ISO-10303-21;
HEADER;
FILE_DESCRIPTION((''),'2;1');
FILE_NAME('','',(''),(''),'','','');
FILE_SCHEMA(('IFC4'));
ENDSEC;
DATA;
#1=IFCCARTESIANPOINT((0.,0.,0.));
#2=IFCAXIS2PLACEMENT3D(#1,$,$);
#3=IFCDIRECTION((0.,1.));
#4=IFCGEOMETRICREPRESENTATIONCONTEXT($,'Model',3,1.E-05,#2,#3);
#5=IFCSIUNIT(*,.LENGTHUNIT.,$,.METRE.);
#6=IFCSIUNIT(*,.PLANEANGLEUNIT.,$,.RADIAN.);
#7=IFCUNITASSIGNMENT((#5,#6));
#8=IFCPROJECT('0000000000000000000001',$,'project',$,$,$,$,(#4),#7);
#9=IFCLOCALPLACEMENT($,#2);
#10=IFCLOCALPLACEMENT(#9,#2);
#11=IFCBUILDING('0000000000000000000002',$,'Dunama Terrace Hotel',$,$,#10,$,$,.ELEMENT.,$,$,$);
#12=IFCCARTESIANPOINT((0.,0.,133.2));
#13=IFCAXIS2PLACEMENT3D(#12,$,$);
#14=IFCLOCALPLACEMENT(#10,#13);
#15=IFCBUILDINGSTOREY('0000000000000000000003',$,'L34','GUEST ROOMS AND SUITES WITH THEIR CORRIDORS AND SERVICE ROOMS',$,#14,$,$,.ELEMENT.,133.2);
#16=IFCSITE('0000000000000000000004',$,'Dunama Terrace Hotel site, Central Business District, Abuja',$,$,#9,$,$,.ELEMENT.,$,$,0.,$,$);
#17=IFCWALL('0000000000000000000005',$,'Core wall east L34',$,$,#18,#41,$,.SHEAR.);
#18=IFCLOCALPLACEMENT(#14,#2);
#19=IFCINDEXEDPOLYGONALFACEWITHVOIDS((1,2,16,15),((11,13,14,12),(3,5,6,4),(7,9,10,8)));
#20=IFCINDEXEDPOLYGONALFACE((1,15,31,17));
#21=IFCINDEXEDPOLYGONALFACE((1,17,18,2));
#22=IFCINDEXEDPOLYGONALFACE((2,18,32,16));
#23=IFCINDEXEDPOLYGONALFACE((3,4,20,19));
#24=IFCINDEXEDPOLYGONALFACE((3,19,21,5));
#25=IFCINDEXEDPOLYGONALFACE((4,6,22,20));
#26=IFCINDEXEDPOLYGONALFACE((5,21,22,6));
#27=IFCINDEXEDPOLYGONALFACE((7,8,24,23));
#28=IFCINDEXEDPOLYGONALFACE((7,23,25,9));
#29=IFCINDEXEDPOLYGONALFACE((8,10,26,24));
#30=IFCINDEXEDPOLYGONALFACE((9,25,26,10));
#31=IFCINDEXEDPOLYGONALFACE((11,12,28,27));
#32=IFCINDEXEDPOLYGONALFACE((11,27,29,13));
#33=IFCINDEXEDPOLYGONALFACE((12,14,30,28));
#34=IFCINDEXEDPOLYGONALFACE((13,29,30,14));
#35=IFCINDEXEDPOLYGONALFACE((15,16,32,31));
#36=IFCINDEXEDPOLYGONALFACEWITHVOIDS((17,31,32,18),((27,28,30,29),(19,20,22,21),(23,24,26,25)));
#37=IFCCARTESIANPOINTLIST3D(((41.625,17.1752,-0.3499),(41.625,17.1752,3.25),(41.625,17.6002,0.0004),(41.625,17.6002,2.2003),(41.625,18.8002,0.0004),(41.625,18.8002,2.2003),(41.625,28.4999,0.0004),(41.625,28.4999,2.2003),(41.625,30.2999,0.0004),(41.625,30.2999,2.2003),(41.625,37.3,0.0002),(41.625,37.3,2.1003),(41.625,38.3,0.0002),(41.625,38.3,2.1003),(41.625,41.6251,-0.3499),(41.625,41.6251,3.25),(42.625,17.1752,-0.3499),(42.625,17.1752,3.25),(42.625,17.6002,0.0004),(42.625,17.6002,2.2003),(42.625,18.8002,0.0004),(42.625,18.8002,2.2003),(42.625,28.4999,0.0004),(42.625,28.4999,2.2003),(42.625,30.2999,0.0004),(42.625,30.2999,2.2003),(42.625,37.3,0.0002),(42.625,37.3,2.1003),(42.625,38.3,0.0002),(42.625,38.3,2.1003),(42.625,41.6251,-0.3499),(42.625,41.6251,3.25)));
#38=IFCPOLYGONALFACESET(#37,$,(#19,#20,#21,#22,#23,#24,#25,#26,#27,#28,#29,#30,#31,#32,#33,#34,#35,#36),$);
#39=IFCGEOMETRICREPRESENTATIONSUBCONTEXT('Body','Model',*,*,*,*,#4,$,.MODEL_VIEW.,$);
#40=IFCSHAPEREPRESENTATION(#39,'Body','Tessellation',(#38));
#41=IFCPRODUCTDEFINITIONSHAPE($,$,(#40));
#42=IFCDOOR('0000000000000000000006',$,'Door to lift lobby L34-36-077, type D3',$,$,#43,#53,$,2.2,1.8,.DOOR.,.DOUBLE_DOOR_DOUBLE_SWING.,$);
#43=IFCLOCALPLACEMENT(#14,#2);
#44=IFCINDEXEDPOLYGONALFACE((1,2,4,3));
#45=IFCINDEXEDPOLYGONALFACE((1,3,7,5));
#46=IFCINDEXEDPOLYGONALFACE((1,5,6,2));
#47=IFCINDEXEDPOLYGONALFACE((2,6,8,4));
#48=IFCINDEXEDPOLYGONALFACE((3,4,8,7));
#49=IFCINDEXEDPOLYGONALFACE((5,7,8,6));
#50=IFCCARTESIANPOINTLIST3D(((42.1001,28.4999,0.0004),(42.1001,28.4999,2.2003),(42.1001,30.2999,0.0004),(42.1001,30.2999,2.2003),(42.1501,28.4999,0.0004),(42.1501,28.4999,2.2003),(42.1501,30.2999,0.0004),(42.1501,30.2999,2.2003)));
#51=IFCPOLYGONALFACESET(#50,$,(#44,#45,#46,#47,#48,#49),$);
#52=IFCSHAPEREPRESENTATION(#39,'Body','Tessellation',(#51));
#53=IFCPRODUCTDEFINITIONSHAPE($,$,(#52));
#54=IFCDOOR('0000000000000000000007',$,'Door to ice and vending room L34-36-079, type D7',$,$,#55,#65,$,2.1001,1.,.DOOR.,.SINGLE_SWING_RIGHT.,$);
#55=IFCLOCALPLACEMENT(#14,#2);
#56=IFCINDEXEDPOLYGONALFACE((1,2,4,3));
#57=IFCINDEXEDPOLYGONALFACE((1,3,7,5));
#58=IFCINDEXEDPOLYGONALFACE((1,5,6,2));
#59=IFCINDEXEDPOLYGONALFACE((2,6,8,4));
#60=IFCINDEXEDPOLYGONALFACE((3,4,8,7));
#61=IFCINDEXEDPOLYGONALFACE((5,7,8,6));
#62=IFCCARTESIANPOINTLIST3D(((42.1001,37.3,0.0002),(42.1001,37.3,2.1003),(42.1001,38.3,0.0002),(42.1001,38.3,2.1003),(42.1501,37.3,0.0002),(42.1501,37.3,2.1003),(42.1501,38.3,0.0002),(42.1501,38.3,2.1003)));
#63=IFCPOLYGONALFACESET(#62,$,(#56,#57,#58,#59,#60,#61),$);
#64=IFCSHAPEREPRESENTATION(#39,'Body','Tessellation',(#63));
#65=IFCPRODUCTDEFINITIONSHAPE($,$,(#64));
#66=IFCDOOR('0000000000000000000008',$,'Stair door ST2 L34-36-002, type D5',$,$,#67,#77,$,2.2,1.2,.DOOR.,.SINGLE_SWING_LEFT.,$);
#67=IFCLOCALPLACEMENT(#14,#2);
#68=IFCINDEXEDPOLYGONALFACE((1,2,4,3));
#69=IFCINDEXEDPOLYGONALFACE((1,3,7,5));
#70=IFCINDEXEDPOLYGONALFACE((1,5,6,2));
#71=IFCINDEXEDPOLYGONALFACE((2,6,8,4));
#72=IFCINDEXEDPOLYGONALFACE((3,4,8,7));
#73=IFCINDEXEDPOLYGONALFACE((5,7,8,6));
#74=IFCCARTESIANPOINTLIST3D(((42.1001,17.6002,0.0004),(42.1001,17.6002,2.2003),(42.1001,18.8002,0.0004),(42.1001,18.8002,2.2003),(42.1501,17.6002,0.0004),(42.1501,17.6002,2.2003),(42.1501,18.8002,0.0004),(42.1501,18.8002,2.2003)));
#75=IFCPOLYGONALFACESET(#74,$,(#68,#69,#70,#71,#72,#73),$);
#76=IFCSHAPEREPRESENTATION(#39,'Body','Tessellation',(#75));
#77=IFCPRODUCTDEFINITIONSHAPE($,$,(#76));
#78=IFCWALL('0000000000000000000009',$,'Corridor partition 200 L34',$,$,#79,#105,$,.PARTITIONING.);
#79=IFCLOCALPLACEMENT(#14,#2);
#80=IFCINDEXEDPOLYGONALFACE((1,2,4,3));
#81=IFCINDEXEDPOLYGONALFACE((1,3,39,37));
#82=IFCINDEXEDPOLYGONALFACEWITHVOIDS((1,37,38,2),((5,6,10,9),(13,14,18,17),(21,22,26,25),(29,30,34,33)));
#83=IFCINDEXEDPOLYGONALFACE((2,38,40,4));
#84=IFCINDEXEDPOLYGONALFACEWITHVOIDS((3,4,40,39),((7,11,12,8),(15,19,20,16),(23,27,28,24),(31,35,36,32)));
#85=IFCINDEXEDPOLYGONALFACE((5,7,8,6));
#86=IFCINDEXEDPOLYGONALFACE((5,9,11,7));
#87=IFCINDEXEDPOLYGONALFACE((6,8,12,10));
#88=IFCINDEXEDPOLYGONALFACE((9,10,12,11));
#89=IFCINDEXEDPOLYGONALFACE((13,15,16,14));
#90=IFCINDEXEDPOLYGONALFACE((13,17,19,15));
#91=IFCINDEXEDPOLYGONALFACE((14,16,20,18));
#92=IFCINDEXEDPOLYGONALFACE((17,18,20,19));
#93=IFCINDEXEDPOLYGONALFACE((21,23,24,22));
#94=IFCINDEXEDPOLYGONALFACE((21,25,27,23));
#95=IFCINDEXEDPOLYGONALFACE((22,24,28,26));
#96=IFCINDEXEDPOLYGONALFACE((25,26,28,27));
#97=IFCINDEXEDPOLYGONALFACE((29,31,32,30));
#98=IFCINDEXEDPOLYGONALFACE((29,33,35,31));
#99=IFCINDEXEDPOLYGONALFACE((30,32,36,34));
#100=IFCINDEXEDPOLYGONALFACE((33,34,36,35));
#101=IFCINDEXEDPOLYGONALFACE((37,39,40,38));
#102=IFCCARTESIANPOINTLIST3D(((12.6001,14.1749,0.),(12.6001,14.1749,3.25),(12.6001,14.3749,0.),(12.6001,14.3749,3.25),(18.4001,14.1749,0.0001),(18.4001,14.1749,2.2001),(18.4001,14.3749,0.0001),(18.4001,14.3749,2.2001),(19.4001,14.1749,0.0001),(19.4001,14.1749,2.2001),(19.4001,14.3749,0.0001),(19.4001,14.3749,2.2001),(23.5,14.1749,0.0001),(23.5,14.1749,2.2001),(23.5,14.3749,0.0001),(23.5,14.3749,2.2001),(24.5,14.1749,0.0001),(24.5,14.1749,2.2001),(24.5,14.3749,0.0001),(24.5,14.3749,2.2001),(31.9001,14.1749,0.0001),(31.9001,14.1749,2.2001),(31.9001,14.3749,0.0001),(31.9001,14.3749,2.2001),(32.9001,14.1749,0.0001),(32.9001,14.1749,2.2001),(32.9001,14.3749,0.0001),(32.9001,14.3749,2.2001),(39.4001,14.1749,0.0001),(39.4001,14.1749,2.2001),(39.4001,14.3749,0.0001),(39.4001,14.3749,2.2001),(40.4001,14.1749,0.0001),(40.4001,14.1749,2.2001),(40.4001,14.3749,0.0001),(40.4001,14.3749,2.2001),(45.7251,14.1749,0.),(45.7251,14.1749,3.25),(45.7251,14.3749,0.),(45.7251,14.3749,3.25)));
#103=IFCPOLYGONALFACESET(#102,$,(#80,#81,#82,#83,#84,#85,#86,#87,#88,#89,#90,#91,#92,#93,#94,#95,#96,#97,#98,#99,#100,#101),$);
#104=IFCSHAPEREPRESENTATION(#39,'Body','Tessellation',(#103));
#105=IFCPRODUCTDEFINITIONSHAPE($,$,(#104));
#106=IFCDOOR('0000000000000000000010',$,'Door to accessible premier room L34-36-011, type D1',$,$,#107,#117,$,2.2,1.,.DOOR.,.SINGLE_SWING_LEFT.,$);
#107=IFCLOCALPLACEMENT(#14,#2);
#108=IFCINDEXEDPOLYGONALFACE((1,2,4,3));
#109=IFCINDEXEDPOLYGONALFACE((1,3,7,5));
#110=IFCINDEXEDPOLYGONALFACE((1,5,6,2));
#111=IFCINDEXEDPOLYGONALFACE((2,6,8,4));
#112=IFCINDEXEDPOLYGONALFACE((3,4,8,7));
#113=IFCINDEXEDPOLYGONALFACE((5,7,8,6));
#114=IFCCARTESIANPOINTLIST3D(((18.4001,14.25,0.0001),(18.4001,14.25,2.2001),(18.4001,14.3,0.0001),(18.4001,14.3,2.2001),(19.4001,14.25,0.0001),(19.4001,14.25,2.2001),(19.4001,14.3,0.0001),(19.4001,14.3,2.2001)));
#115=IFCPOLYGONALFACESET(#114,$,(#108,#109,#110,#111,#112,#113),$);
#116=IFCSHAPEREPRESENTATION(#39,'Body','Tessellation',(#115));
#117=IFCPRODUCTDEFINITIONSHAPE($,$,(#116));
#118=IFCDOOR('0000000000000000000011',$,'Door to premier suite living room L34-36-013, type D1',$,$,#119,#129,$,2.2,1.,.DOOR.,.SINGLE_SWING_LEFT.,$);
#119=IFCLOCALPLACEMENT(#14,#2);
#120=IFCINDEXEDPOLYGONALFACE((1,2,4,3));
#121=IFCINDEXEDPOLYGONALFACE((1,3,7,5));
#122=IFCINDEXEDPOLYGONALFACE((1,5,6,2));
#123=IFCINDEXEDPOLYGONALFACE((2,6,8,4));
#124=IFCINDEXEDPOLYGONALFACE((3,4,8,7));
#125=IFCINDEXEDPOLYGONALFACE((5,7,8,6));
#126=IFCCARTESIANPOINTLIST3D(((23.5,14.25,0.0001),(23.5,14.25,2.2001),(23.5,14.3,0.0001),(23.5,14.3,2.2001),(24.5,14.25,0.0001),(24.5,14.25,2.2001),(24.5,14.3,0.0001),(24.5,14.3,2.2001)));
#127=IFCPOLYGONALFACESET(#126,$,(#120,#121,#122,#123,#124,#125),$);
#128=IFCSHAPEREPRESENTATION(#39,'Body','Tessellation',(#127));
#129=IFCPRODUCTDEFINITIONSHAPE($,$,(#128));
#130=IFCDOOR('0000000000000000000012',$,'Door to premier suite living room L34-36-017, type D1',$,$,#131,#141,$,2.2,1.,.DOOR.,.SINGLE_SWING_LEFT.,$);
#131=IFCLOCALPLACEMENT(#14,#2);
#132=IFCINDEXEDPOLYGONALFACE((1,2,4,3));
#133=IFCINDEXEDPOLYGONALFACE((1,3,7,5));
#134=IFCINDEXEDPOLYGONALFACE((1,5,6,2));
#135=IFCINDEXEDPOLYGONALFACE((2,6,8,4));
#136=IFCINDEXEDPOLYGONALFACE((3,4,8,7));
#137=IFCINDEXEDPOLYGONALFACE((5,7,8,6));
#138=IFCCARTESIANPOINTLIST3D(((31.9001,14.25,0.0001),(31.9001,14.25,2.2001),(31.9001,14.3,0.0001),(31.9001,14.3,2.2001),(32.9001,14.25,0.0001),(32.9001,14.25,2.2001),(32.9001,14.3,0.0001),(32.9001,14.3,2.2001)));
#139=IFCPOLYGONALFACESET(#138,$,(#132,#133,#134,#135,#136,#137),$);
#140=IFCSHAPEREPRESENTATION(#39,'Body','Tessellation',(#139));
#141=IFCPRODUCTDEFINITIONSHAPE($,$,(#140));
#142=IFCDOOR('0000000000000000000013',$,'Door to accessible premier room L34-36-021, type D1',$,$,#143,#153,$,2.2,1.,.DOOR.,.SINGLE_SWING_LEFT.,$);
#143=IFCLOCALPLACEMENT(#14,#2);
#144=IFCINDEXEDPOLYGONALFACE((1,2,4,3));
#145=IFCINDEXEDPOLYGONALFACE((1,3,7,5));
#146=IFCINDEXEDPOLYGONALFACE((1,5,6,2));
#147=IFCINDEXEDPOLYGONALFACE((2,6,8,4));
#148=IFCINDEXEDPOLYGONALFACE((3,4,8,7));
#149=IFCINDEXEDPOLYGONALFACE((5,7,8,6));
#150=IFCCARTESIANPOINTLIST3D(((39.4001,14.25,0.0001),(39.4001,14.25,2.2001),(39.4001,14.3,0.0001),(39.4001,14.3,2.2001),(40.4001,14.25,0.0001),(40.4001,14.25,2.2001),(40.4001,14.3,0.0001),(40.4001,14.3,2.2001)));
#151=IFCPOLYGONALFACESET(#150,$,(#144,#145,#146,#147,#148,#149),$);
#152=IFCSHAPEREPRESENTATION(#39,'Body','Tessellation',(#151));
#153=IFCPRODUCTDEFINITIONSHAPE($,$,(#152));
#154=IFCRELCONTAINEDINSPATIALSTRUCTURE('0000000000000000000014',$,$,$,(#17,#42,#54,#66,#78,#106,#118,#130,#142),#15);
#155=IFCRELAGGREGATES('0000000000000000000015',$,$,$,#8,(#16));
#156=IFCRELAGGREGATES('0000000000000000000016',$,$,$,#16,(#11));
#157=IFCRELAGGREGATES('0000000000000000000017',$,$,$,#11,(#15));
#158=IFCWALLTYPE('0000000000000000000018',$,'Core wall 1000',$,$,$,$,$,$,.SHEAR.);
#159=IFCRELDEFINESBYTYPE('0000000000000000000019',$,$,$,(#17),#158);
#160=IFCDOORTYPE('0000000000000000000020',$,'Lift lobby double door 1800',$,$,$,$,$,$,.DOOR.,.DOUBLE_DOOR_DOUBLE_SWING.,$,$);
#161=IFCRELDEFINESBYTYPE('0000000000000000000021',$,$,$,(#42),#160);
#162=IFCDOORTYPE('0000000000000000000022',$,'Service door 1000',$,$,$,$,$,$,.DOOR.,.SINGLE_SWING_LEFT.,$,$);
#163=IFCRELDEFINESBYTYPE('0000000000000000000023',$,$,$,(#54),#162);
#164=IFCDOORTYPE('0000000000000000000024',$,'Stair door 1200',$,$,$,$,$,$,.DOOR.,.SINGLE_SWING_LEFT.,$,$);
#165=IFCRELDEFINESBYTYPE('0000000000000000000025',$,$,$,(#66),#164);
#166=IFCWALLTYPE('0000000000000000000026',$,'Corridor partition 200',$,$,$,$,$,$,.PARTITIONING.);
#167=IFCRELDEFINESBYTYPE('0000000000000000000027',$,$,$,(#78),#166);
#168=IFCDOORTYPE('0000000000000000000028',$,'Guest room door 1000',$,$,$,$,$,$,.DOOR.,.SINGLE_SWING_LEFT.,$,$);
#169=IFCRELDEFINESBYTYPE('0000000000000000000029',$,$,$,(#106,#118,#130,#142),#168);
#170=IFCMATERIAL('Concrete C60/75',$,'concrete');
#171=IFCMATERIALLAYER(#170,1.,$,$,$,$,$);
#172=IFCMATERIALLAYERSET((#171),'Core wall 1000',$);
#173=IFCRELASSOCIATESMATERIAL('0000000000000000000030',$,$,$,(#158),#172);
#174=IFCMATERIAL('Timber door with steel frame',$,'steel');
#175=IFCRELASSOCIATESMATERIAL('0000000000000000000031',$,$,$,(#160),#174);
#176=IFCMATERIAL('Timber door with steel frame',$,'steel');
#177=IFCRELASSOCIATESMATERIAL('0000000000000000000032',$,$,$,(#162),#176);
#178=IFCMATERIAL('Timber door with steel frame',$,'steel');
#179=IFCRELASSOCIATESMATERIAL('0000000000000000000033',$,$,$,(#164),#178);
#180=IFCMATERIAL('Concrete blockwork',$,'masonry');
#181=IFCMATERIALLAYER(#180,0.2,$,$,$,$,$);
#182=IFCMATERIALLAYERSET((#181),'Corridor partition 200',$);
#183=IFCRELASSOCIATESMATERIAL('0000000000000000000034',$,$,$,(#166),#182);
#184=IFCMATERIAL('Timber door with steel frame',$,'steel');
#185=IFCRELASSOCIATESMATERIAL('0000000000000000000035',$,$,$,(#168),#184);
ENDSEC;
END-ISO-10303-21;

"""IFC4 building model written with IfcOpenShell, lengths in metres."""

from ifc_helpers import new_model, si_unit, direction, frame, frame_2d, origin, place, context, subcontext, project, spatial, rectangle, extrude, material, layer, layer_set, type_object, element, fill, save


model = new_model("IFC4")

# Units and contexts
model_context = context("Model", 3, precision=1e-05, world=origin(), true_north=direction((0.0, 1.0)))
body_context = subcontext(model_context, "Body", "Model", "MODEL_VIEW")
ifc_project = project(units=[si_unit("LENGTHUNIT", "METRE"), si_unit("PLANEANGLEUNIT", "RADIAN")], contexts=[model_context])

# Site, building, storey
site_placement = place(None, origin())
site = spatial("IfcSite", under=ifc_project, at=site_placement, Name="Dunama Terrace Hotel site, Central Business District, Abuja", CompositionType="ELEMENT", RefElevation=0.0)
building_placement = place(site_placement, origin())
building = spatial("IfcBuilding", under=site, at=building_placement, Name="Dunama Terrace Hotel", CompositionType="ELEMENT")
storey_placement = place(building_placement, frame((0.0, 0.0, 133.2)))
storey = spatial("IfcBuildingStorey", under=building, at=storey_placement, Name="L34", Description="GUEST ROOMS AND SUITES WITH THEIR CORRIDORS AND SERVICE ROOMS", CompositionType="ELEMENT", Elevation=133.2)

# Walls, openings, doors
ifc_material_1 = material(Name="Concrete C60/75", Category="concrete")
ifc_layer_1 = layer(ifc_material_1, 1.0)
ifc_layer_set_1 = layer_set([ifc_layer_1], Name="Core wall 1000")
wall_type_1 = type_object("IfcWallType", Name="Core wall 1000", PredefinedType="SHEAR", material=ifc_layer_set_1)
wall_1_placement = place(storey_placement, frame((42.125, 17.175, -0.3499), z_axis=(0.0, 0.0, 1.0), x_axis=(0.0, 1.0, 0.0)))
wall_1 = element("IfcWall", 1, at=wall_1_placement, inside=storey, type_object=wall_type_1, Name="Core wall east L34", PredefinedType="SHEAR", context=body_context, shape_type="SweptSolid", body=[
    extrude(rectangle(XDim=24.45, YDim=1.0, at=frame_2d((12.2251, 0.0))), origin(), (0.0, 0.0, 1.0), 3.5999),
])
opening_1_placement = place(wall_1_placement, frame((0.425, 0.0, 0.3501)))
opening_1 = element("IfcOpeningElement", 2, at=opening_1_placement, cuts=wall_1, PredefinedType="OPENING", context=body_context, shape_type="SweptSolid", body=[
    extrude(rectangle(XDim=1.2, YDim=2.2, at=frame_2d((0.6001, 1.1001))), frame((0.0, 0.51, 0.0), z_axis=(0.0, -1.0, 0.0), x_axis=(1.0, 0.0, 0.0)), (0.0, 0.0, 1.0), 1.02),
])
opening_2_placement = place(wall_1_placement, frame((11.325, 0.0, 0.3501)))
opening_2 = element("IfcOpeningElement", 3, at=opening_2_placement, cuts=wall_1, PredefinedType="OPENING", context=body_context, shape_type="SweptSolid", body=[
    extrude(rectangle(XDim=1.8, YDim=2.2, at=frame_2d((0.8999, 1.1001))), frame((0.0, 0.51, 0.0), z_axis=(0.0, -1.0, 0.0), x_axis=(1.0, 0.0, 0.0)), (0.0, 0.0, 1.0), 1.02),
])
opening_3_placement = place(wall_1_placement, frame((20.125, 0.0, 0.3501)))
opening_3 = element("IfcOpeningElement", 4, at=opening_3_placement, cuts=wall_1, PredefinedType="OPENING", context=body_context, shape_type="SweptSolid", body=[
    extrude(rectangle(XDim=1.0, YDim=2.1001, at=frame_2d((0.5, 1.05))), frame((0.0, 0.51, 0.0), z_axis=(0.0, -1.0, 0.0), x_axis=(1.0, 0.0, 0.0)), (0.0, 0.0, 1.0), 1.02),
])
ifc_material_2 = material(Name="Timber door with steel frame", Category="steel")
door_type_1 = type_object("IfcDoorType", Name="Lift lobby double door 1800", OperationType="DOUBLE_DOOR_DOUBLE_SWING", PredefinedType="DOOR", material=ifc_material_2)
door_1_placement = place(opening_2_placement, origin())
door_1 = element("IfcDoor", 5, at=door_1_placement, inside=storey, type_object=door_type_1, Name="Door to lift lobby L34-36-077, type D3", OperationType="DOUBLE_DOOR_DOUBLE_SWING", OverallHeight=2.2, OverallWidth=1.8, PredefinedType="DOOR", context=body_context, shape_type="SweptSolid", body=[
    extrude(rectangle(XDim=1.8, YDim=2.2, at=frame_2d((0.8999, 1.1001))), frame((0.0, 0.0249, 0.0), z_axis=(0.0, -1.0, 0.0), x_axis=(1.0, 0.0, 0.0)), (0.0, 0.0, 1.0), 0.05),
])
fill(opening_2, door_1)
ifc_material_3 = material(Name="Timber door with steel frame", Category="steel")
door_type_2 = type_object("IfcDoorType", Name="Service door 1000", OperationType="SINGLE_SWING_LEFT", PredefinedType="DOOR", material=ifc_material_3)
door_2_placement = place(opening_3_placement, origin())
door_2 = element("IfcDoor", 6, at=door_2_placement, inside=storey, type_object=door_type_2, Name="Door to ice and vending room L34-36-079, type D7", OperationType="SINGLE_SWING_RIGHT", OverallHeight=2.1001, OverallWidth=1.0, PredefinedType="DOOR", context=body_context, shape_type="SweptSolid", body=[
    extrude(rectangle(XDim=1.0, YDim=2.1001, at=frame_2d((0.5, 1.05))), frame((0.0, 0.0249, 0.0), z_axis=(0.0, -1.0, 0.0), x_axis=(1.0, 0.0, 0.0)), (0.0, 0.0, 1.0), 0.05),
])
fill(opening_3, door_2)
ifc_material_4 = material(Name="Timber door with steel frame", Category="steel")
door_type_3 = type_object("IfcDoorType", Name="Stair door 1200", OperationType="SINGLE_SWING_LEFT", PredefinedType="DOOR", material=ifc_material_4)
door_3_placement = place(opening_1_placement, origin())
door_3 = element("IfcDoor", 7, at=door_3_placement, inside=storey, type_object=door_type_3, Name="Stair door ST2 L34-36-002, type D5", OperationType="SINGLE_SWING_LEFT", OverallHeight=2.2, OverallWidth=1.2, PredefinedType="DOOR", context=body_context, shape_type="SweptSolid", body=[
    extrude(rectangle(XDim=1.2, YDim=2.2, at=frame_2d((0.6001, 1.1001))), frame((0.0, 0.0249, 0.0), z_axis=(0.0, -1.0, 0.0), x_axis=(1.0, 0.0, 0.0)), (0.0, 0.0, 1.0), 0.05),
])
fill(opening_1, door_3)
ifc_material_5 = material(Name="Concrete blockwork", Category="masonry")
ifc_layer_2 = layer(ifc_material_5, 0.2)
ifc_layer_set_2 = layer_set([ifc_layer_2], Name="Corridor partition 200")
wall_type_2 = type_object("IfcWallType", Name="Corridor partition 200", PredefinedType="PARTITIONING", material=ifc_layer_set_2)
wall_2_placement = place(storey_placement, frame((45.7251, 14.2749, 0.0), z_axis=(0.0, 0.0, 1.0), x_axis=(-1.0, 0.0, 0.0)))
wall_2 = element("IfcWall", 8, at=wall_2_placement, inside=storey, type_object=wall_type_2, Name="Corridor partition 200 L34", PredefinedType="PARTITIONING", context=body_context, shape_type="SweptSolid", body=[
    extrude(rectangle(XDim=33.125, YDim=0.2, at=frame_2d((16.5625, 0.0))), origin(), (0.0, 0.0, 1.0), 3.25),
])
opening_4_placement = place(wall_2_placement, frame((26.325, 0.0, 0.0)))
opening_4 = element("IfcOpeningElement", 9, at=opening_4_placement, cuts=wall_2, PredefinedType="OPENING", context=body_context, shape_type="SweptSolid", body=[
    extrude(rectangle(XDim=1.0, YDim=2.2, at=frame_2d((0.5, 1.1001))), frame((0.0, 0.1099, 0.0), z_axis=(0.0, -1.0, 0.0), x_axis=(1.0, 0.0, 0.0)), (0.0, 0.0, 1.0), 0.22),
])
opening_5_placement = place(wall_2_placement, frame((21.2251, 0.0, 0.0)))
opening_5 = element("IfcOpeningElement", 10, at=opening_5_placement, cuts=wall_2, PredefinedType="OPENING", context=body_context, shape_type="SweptSolid", body=[
    extrude(rectangle(XDim=1.0, YDim=2.2, at=frame_2d((0.5, 1.1001))), frame((0.0, 0.1099, 0.0), z_axis=(0.0, -1.0, 0.0), x_axis=(1.0, 0.0, 0.0)), (0.0, 0.0, 1.0), 0.22),
])
opening_6_placement = place(wall_2_placement, frame((12.825, 0.0, 0.0)))
opening_6 = element("IfcOpeningElement", 11, at=opening_6_placement, cuts=wall_2, PredefinedType="OPENING", context=body_context, shape_type="SweptSolid", body=[
    extrude(rectangle(XDim=1.0, YDim=2.2, at=frame_2d((0.5, 1.1001))), frame((0.0, 0.1099, 0.0), z_axis=(0.0, -1.0, 0.0), x_axis=(1.0, 0.0, 0.0)), (0.0, 0.0, 1.0), 0.22),
])
opening_7_placement = place(wall_2_placement, frame((5.325, 0.0, 0.0)))
opening_7 = element("IfcOpeningElement", 12, at=opening_7_placement, cuts=wall_2, PredefinedType="OPENING", context=body_context, shape_type="SweptSolid", body=[
    extrude(rectangle(XDim=1.0, YDim=2.2, at=frame_2d((0.5, 1.1001))), frame((0.0, 0.1099, 0.0), z_axis=(0.0, -1.0, 0.0), x_axis=(1.0, 0.0, 0.0)), (0.0, 0.0, 1.0), 0.22),
])
ifc_material_6 = material(Name="Timber door with steel frame", Category="steel")
door_type_4 = type_object("IfcDoorType", Name="Guest room door 1000", OperationType="SINGLE_SWING_LEFT", PredefinedType="DOOR", material=ifc_material_6)
door_4_placement = place(opening_4_placement, origin())
door_4 = element("IfcDoor", 13, at=door_4_placement, inside=storey, type_object=door_type_4, Name="Door to accessible premier room L34-36-011, type D1", OperationType="SINGLE_SWING_LEFT", OverallHeight=2.2, OverallWidth=1.0, PredefinedType="DOOR", context=body_context, shape_type="SweptSolid", body=[
    extrude(rectangle(XDim=1.0, YDim=2.2, at=frame_2d((0.5, 1.1001))), frame((0.0, 0.0249, 0.0), z_axis=(0.0, -1.0, 0.0), x_axis=(1.0, 0.0, 0.0)), (0.0, 0.0, 1.0), 0.05),
])
fill(opening_4, door_4)
door_5_placement = place(opening_5_placement, origin())
door_5 = element("IfcDoor", 14, at=door_5_placement, inside=storey, type_object=door_type_4, Name="Door to premier suite living room L34-36-013, type D1", OperationType="SINGLE_SWING_LEFT", OverallHeight=2.2, OverallWidth=1.0, PredefinedType="DOOR", context=body_context, shape_type="SweptSolid", body=[
    extrude(rectangle(XDim=1.0, YDim=2.2, at=frame_2d((0.5, 1.1001))), frame((0.0, 0.0249, 0.0), z_axis=(0.0, -1.0, 0.0), x_axis=(1.0, 0.0, 0.0)), (0.0, 0.0, 1.0), 0.05),
])
fill(opening_5, door_5)
door_6_placement = place(opening_6_placement, origin())
door_6 = element("IfcDoor", 15, at=door_6_placement, inside=storey, type_object=door_type_4, Name="Door to premier suite living room L34-36-017, type D1", OperationType="SINGLE_SWING_LEFT", OverallHeight=2.2, OverallWidth=1.0, PredefinedType="DOOR", context=body_context, shape_type="SweptSolid", body=[
    extrude(rectangle(XDim=1.0, YDim=2.2, at=frame_2d((0.5, 1.1001))), frame((0.0, 0.0249, 0.0), z_axis=(0.0, -1.0, 0.0), x_axis=(1.0, 0.0, 0.0)), (0.0, 0.0, 1.0), 0.05),
])
fill(opening_6, door_6)
door_7_placement = place(opening_7_placement, origin())
door_7 = element("IfcDoor", 16, at=door_7_placement, inside=storey, type_object=door_type_4, Name="Door to accessible premier room L34-36-021, type D1", OperationType="SINGLE_SWING_LEFT", OverallHeight=2.2, OverallWidth=1.0, PredefinedType="DOOR", context=body_context, shape_type="SweptSolid", body=[
    extrude(rectangle(XDim=1.0, YDim=2.2, at=frame_2d((0.5, 1.1001))), frame((0.0, 0.0249, 0.0), z_axis=(0.0, -1.0, 0.0), x_axis=(1.0, 0.0, 0.0)), (0.0, 0.0, 1.0), 0.05),
])
fill(opening_7, door_7)

save(model, "model.ifc")
